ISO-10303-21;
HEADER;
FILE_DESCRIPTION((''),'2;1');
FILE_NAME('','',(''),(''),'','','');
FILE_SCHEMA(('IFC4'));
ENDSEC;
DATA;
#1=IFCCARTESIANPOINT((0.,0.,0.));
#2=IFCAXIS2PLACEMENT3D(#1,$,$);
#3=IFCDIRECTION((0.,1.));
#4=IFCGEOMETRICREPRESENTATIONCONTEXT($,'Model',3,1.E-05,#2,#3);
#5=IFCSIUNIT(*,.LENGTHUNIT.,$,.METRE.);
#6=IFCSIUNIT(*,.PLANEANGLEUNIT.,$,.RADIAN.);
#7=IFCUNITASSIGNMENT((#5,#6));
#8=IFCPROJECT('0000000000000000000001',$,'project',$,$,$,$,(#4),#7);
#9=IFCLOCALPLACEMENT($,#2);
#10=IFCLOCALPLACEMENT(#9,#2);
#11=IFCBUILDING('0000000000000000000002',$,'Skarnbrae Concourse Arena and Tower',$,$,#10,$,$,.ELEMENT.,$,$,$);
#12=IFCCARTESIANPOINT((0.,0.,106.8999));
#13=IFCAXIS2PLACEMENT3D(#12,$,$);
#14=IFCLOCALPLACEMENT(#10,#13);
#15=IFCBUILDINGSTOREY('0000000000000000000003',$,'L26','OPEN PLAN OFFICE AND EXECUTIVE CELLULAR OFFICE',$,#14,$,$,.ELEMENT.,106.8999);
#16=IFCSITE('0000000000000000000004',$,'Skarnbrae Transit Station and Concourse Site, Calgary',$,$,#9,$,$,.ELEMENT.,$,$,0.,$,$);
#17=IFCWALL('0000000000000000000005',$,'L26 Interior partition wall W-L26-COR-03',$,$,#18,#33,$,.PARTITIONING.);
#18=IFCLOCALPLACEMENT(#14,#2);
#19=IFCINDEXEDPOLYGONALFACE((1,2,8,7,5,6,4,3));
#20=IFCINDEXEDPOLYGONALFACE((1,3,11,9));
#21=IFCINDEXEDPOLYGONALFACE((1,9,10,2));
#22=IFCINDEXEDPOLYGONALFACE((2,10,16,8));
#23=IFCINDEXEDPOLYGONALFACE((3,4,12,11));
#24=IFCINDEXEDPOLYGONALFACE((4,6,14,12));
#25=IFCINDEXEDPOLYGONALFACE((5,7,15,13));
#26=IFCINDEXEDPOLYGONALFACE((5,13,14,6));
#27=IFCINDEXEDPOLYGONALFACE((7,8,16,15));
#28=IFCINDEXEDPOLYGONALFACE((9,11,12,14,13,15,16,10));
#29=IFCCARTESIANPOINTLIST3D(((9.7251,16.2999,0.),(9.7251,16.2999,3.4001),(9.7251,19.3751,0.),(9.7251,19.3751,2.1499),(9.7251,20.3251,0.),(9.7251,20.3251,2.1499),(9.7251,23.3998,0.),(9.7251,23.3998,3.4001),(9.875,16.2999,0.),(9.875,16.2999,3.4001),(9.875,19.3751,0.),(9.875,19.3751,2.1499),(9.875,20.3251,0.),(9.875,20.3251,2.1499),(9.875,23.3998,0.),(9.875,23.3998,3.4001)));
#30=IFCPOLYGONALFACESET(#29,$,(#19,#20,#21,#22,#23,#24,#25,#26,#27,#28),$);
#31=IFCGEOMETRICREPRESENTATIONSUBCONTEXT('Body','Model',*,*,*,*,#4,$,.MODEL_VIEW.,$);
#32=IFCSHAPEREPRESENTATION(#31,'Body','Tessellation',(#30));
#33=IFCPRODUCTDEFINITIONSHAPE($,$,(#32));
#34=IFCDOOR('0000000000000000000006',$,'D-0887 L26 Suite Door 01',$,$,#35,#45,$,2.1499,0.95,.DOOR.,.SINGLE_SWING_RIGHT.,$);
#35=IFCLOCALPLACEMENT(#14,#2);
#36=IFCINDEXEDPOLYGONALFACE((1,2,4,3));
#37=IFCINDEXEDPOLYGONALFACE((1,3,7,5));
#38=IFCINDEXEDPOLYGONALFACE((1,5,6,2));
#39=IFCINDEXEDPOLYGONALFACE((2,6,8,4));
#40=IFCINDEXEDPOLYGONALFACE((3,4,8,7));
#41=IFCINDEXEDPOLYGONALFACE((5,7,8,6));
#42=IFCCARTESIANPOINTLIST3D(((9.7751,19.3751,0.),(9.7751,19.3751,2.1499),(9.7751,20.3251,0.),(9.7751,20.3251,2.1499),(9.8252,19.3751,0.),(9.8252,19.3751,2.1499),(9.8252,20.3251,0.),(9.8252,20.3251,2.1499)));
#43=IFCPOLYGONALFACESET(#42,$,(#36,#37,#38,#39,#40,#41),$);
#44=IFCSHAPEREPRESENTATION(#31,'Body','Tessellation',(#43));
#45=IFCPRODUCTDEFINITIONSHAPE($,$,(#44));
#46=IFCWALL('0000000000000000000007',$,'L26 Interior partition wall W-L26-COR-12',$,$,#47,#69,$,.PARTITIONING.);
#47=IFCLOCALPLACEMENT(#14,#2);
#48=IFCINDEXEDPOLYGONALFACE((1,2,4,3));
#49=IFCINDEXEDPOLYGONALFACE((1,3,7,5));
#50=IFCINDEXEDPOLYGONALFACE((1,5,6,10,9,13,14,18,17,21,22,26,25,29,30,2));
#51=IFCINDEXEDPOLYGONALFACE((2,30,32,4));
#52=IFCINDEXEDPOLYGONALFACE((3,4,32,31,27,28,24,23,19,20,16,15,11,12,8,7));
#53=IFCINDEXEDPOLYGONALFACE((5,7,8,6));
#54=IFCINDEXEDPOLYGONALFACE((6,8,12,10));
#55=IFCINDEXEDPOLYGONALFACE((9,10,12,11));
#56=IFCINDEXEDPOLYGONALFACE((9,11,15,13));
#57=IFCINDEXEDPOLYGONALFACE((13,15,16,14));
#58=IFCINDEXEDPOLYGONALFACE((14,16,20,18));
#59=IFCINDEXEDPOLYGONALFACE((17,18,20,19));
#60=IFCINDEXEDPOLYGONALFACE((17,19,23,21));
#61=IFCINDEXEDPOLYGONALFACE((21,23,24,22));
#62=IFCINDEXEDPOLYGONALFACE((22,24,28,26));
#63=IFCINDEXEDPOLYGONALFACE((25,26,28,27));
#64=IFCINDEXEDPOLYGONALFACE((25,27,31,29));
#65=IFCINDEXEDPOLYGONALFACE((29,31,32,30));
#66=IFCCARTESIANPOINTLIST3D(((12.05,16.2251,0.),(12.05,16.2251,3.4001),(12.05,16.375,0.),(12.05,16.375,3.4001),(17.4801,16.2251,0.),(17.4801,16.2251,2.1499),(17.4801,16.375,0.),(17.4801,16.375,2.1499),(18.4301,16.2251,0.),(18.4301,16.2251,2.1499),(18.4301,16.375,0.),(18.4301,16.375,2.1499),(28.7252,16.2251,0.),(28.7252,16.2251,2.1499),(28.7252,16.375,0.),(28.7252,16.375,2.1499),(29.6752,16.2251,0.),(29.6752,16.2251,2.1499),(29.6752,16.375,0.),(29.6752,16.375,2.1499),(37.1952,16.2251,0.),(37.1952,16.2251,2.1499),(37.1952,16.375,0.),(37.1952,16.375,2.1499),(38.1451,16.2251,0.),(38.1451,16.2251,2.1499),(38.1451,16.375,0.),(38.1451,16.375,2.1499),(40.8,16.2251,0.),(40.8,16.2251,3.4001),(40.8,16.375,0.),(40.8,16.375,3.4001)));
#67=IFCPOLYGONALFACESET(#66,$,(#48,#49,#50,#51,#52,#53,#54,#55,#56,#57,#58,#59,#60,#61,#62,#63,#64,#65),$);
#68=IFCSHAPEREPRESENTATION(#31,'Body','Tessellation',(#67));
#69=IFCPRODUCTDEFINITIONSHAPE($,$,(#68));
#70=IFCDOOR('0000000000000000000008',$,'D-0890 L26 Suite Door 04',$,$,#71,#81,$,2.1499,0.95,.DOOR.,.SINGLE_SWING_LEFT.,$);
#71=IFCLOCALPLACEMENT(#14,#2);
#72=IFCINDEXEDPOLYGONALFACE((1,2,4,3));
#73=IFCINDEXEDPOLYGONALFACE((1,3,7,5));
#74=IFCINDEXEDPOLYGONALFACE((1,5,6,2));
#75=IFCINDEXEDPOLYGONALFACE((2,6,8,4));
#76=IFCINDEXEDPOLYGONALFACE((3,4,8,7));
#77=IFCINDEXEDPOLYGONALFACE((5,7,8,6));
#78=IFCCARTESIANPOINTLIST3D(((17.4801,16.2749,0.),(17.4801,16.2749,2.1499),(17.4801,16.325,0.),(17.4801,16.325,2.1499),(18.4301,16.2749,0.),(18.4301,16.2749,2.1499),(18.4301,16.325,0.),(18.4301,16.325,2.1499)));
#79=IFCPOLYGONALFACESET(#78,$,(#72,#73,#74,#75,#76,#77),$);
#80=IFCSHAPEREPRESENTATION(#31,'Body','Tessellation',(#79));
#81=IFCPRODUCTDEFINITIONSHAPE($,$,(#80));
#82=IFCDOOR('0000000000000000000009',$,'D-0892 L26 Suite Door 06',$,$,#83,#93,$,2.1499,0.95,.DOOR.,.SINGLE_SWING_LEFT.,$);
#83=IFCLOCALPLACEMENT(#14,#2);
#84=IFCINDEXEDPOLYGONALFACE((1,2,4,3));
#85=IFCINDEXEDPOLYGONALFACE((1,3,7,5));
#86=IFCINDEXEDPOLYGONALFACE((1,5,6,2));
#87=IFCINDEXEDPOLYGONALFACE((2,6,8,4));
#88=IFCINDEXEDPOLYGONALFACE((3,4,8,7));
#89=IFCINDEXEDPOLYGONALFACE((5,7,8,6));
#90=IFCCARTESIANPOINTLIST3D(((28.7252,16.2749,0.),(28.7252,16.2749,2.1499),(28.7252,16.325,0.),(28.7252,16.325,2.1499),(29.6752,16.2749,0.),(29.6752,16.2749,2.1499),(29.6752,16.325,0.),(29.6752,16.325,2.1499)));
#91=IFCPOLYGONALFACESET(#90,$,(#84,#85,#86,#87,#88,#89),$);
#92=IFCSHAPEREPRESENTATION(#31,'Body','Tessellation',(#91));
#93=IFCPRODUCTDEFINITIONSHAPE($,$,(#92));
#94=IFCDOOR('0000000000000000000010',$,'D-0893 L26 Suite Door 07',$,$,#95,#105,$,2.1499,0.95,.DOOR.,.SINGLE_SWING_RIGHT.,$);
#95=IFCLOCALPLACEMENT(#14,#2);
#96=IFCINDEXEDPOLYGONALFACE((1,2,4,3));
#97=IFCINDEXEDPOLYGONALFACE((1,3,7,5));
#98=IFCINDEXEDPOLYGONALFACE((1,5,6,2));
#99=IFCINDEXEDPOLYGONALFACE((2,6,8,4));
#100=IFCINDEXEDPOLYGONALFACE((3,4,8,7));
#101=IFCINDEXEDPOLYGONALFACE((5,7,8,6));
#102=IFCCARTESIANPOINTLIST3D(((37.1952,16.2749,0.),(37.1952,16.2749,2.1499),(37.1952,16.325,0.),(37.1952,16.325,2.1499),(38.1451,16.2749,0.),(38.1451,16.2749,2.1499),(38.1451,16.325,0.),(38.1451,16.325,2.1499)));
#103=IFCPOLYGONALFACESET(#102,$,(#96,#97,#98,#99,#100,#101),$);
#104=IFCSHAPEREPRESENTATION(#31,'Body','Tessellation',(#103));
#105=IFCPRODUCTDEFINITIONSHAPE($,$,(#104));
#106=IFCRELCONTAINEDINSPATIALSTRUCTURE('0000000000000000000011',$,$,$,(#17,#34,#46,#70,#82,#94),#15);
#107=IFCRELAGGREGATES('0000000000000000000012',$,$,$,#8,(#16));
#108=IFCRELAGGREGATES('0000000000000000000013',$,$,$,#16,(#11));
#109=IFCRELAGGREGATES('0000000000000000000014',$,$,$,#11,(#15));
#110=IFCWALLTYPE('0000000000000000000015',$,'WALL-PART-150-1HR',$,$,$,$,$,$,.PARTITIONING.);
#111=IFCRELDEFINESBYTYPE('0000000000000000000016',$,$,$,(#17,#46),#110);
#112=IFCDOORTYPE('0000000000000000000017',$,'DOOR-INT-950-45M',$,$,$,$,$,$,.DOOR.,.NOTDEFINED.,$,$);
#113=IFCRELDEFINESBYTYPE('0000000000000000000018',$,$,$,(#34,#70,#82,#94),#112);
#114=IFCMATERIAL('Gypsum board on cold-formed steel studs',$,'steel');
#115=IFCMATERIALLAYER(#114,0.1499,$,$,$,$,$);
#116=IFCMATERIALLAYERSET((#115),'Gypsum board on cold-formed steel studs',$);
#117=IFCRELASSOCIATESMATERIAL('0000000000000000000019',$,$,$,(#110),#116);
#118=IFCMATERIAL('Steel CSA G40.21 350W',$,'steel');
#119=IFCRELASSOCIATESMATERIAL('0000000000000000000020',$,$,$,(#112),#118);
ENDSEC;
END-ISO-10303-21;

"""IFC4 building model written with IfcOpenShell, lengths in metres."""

from ifc_helpers import new_model, si_unit, direction, frame, frame_2d, origin, place, context, subcontext, project, spatial, rectangle, extrude, source, transform, mapped, material, layer, layer_set, type_object, element, fill, save


model = new_model("IFC4")

# Units and contexts
model_context = context("Model", 3, precision=1e-05, world=origin(), true_north=direction((0.0, 1.0)))
body_context = subcontext(model_context, "Body", "Model", "MODEL_VIEW")
ifc_project = project(units=[si_unit("LENGTHUNIT", "METRE"), si_unit("PLANEANGLEUNIT", "RADIAN")], contexts=[model_context])

# Site, building, storey
site_placement = place(None, origin())
site = spatial("IfcSite", under=ifc_project, at=site_placement, Name="Skarnbrae Transit Station and Concourse Site, Calgary", CompositionType="ELEMENT", RefElevation=0.0)
building_placement = place(site_placement, origin())
building = spatial("IfcBuilding", under=site, at=building_placement, Name="Skarnbrae Concourse Arena and Tower", CompositionType="ELEMENT")
storey_placement = place(building_placement, frame((0.0, 0.0, 106.8999)))
storey = spatial("IfcBuildingStorey", under=building, at=storey_placement, Name="L26", Description="OPEN PLAN OFFICE AND EXECUTIVE CELLULAR OFFICE", CompositionType="ELEMENT", Elevation=106.8999)

# Shared definitions
ifc_material_1 = material(Name="Steel CSA G40.21 350W", Category="steel")

# Shared definitions
ifc_material_2 = material(Name="Gypsum board on cold-formed steel studs", Category="steel")

# Wall, opening, door
ifc_layer_1 = layer(ifc_material_2, 0.1499)
ifc_layer_set_1 = layer_set([ifc_layer_1], Name="Gypsum board on cold-formed steel studs")
wall_type_1 = type_object("IfcWallType", Name="WALL-PART-150-1HR", PredefinedType="PARTITIONING", material=ifc_layer_set_1)
shared_shape_1 = source(origin(), body_context, "Body", "SweptSolid", [
    extrude(rectangle(XDim=7.0999, YDim=0.1499, at=frame_2d((3.5498, 0.0))), origin(), (0.0, 0.0, 1.0), 3.4001),
])
wall_1_placement = place(storey_placement, frame((9.8, 16.3, 0.0), z_axis=(0.0, 0.0, 1.0), x_axis=(0.0, 1.0, 0.0)))
wall_1 = element("IfcWall", 1, at=wall_1_placement, inside=storey, type_object=wall_type_1, Name="L26 Interior partition wall W-L26-COR-03", PredefinedType="PARTITIONING", context=body_context, shape_type="MappedRepresentation", body=[
    mapped(shared_shape_1, transform((0.0, 0.0, 0.0))),
])
opening_1_placement = place(wall_1_placement, frame((3.075, 0.0, 0.0)))
opening_1 = element("IfcOpeningElement", 2, at=opening_1_placement, cuts=wall_1, PredefinedType="OPENING", context=body_context, shape_type="SweptSolid", body=[
    extrude(rectangle(XDim=0.95, YDim=2.1499, at=frame_2d((0.4751, 1.075))), frame((0.0, 0.085, 0.0), z_axis=(0.0, -1.0, 0.0), x_axis=(1.0, 0.0, 0.0)), (0.0, 0.0, 1.0), 0.1699),
])
door_type_1 = type_object("IfcDoorType", Name="DOOR-INT-950-45M", OperationType="NOTDEFINED", PredefinedType="DOOR", material=ifc_material_1)
shared_shape_2 = source(origin(), body_context, "Body", "SweptSolid", [
    extrude(rectangle(XDim=0.95, YDim=2.1499, at=frame_2d((0.4751, 1.075))), frame((0.0, 0.0249, 0.0), z_axis=(0.0, -1.0, 0.0), x_axis=(1.0, 0.0, 0.0)), (0.0, 0.0, 1.0), 0.05),
])
door_1_placement = place(opening_1_placement, origin())
door_1 = element("IfcDoor", 3, at=door_1_placement, inside=storey, type_object=door_type_1, Name="D-0887 L26 Suite Door 01", OperationType="SINGLE_SWING_RIGHT", OverallHeight=2.1499, OverallWidth=0.95, PredefinedType="DOOR", context=body_context, shape_type="MappedRepresentation", body=[
    mapped(shared_shape_2, transform((0.0, 0.0, 0.0))),
])
fill(opening_1, door_1)

# Wall, openings, doors
shared_shape_3 = source(origin(), body_context, "Body", "SweptSolid", [
    extrude(rectangle(XDim=28.75, YDim=0.1499, at=frame_2d((14.375, 0.0))), origin(), (0.0, 0.0, 1.0), 3.4001),
])
wall_2_placement = place(storey_placement, frame((12.05, 16.3, 0.0), z_axis=(0.0, 0.0, 1.0), x_axis=(1.0, 0.0, 0.0)))
wall_2 = element("IfcWall", 4, at=wall_2_placement, inside=storey, type_object=wall_type_1, Name="L26 Interior partition wall W-L26-COR-12", PredefinedType="PARTITIONING", context=body_context, shape_type="MappedRepresentation", body=[
    mapped(shared_shape_3, transform((0.0, 0.0, 0.0))),
])
opening_2_placement = place(wall_2_placement, frame((5.4299, 0.0, 0.0)))
opening_2 = element("IfcOpeningElement", 5, at=opening_2_placement, cuts=wall_2, PredefinedType="OPENING", context=body_context, shape_type="SweptSolid", body=[
    extrude(rectangle(XDim=0.95, YDim=2.1499, at=frame_2d((0.4751, 1.075))), frame((0.0, 0.085, 0.0), z_axis=(0.0, -1.0, 0.0), x_axis=(1.0, 0.0, 0.0)), (0.0, 0.0, 1.0), 0.1699),
])
opening_3_placement = place(wall_2_placement, frame((16.675, 0.0, 0.0)))
opening_3 = element("IfcOpeningElement", 6, at=opening_3_placement, cuts=wall_2, PredefinedType="OPENING", context=body_context, shape_type="SweptSolid", body=[
    extrude(rectangle(XDim=0.95, YDim=2.1499, at=frame_2d((0.4751, 1.075))), frame((0.0, 0.085, 0.0), z_axis=(0.0, -1.0, 0.0), x_axis=(1.0, 0.0, 0.0)), (0.0, 0.0, 1.0), 0.1699),
])
opening_4_placement = place(wall_2_placement, frame((25.145, 0.0, 0.0)))
opening_4 = element("IfcOpeningElement", 7, at=opening_4_placement, cuts=wall_2, PredefinedType="OPENING", context=body_context, shape_type="SweptSolid", body=[
    extrude(rectangle(XDim=0.95, YDim=2.1499, at=frame_2d((0.4751, 1.075))), frame((0.0, 0.085, 0.0), z_axis=(0.0, -1.0, 0.0), x_axis=(1.0, 0.0, 0.0)), (0.0, 0.0, 1.0), 0.1699),
])
door_2_placement = place(opening_2_placement, origin())
door_2 = element("IfcDoor", 8, at=door_2_placement, inside=storey, type_object=door_type_1, Name="D-0890 L26 Suite Door 04", OperationType="SINGLE_SWING_LEFT", OverallHeight=2.1499, OverallWidth=0.95, PredefinedType="DOOR", context=body_context, shape_type="MappedRepresentation", body=[
    mapped(shared_shape_2, transform((0.0, 0.0, 0.0))),
])
fill(opening_2, door_2)
door_3_placement = place(opening_3_placement, origin())
door_3 = element("IfcDoor", 9, at=door_3_placement, inside=storey, type_object=door_type_1, Name="D-0892 L26 Suite Door 06", OperationType="SINGLE_SWING_LEFT", OverallHeight=2.1499, OverallWidth=0.95, PredefinedType="DOOR", context=body_context, shape_type="MappedRepresentation", body=[
    mapped(shared_shape_2, transform((0.0, 0.0, 0.0))),
])
fill(opening_3, door_3)
door_4_placement = place(opening_4_placement, origin())
door_4 = element("IfcDoor", 10, at=door_4_placement, inside=storey, type_object=door_type_1, Name="D-0893 L26 Suite Door 07", OperationType="SINGLE_SWING_RIGHT", OverallHeight=2.1499, OverallWidth=0.95, PredefinedType="DOOR", context=body_context, shape_type="MappedRepresentation", body=[
    mapped(shared_shape_2, transform((0.0, 0.0, 0.0))),
])
fill(opening_4, door_4)

save(model, "model.ifc")
